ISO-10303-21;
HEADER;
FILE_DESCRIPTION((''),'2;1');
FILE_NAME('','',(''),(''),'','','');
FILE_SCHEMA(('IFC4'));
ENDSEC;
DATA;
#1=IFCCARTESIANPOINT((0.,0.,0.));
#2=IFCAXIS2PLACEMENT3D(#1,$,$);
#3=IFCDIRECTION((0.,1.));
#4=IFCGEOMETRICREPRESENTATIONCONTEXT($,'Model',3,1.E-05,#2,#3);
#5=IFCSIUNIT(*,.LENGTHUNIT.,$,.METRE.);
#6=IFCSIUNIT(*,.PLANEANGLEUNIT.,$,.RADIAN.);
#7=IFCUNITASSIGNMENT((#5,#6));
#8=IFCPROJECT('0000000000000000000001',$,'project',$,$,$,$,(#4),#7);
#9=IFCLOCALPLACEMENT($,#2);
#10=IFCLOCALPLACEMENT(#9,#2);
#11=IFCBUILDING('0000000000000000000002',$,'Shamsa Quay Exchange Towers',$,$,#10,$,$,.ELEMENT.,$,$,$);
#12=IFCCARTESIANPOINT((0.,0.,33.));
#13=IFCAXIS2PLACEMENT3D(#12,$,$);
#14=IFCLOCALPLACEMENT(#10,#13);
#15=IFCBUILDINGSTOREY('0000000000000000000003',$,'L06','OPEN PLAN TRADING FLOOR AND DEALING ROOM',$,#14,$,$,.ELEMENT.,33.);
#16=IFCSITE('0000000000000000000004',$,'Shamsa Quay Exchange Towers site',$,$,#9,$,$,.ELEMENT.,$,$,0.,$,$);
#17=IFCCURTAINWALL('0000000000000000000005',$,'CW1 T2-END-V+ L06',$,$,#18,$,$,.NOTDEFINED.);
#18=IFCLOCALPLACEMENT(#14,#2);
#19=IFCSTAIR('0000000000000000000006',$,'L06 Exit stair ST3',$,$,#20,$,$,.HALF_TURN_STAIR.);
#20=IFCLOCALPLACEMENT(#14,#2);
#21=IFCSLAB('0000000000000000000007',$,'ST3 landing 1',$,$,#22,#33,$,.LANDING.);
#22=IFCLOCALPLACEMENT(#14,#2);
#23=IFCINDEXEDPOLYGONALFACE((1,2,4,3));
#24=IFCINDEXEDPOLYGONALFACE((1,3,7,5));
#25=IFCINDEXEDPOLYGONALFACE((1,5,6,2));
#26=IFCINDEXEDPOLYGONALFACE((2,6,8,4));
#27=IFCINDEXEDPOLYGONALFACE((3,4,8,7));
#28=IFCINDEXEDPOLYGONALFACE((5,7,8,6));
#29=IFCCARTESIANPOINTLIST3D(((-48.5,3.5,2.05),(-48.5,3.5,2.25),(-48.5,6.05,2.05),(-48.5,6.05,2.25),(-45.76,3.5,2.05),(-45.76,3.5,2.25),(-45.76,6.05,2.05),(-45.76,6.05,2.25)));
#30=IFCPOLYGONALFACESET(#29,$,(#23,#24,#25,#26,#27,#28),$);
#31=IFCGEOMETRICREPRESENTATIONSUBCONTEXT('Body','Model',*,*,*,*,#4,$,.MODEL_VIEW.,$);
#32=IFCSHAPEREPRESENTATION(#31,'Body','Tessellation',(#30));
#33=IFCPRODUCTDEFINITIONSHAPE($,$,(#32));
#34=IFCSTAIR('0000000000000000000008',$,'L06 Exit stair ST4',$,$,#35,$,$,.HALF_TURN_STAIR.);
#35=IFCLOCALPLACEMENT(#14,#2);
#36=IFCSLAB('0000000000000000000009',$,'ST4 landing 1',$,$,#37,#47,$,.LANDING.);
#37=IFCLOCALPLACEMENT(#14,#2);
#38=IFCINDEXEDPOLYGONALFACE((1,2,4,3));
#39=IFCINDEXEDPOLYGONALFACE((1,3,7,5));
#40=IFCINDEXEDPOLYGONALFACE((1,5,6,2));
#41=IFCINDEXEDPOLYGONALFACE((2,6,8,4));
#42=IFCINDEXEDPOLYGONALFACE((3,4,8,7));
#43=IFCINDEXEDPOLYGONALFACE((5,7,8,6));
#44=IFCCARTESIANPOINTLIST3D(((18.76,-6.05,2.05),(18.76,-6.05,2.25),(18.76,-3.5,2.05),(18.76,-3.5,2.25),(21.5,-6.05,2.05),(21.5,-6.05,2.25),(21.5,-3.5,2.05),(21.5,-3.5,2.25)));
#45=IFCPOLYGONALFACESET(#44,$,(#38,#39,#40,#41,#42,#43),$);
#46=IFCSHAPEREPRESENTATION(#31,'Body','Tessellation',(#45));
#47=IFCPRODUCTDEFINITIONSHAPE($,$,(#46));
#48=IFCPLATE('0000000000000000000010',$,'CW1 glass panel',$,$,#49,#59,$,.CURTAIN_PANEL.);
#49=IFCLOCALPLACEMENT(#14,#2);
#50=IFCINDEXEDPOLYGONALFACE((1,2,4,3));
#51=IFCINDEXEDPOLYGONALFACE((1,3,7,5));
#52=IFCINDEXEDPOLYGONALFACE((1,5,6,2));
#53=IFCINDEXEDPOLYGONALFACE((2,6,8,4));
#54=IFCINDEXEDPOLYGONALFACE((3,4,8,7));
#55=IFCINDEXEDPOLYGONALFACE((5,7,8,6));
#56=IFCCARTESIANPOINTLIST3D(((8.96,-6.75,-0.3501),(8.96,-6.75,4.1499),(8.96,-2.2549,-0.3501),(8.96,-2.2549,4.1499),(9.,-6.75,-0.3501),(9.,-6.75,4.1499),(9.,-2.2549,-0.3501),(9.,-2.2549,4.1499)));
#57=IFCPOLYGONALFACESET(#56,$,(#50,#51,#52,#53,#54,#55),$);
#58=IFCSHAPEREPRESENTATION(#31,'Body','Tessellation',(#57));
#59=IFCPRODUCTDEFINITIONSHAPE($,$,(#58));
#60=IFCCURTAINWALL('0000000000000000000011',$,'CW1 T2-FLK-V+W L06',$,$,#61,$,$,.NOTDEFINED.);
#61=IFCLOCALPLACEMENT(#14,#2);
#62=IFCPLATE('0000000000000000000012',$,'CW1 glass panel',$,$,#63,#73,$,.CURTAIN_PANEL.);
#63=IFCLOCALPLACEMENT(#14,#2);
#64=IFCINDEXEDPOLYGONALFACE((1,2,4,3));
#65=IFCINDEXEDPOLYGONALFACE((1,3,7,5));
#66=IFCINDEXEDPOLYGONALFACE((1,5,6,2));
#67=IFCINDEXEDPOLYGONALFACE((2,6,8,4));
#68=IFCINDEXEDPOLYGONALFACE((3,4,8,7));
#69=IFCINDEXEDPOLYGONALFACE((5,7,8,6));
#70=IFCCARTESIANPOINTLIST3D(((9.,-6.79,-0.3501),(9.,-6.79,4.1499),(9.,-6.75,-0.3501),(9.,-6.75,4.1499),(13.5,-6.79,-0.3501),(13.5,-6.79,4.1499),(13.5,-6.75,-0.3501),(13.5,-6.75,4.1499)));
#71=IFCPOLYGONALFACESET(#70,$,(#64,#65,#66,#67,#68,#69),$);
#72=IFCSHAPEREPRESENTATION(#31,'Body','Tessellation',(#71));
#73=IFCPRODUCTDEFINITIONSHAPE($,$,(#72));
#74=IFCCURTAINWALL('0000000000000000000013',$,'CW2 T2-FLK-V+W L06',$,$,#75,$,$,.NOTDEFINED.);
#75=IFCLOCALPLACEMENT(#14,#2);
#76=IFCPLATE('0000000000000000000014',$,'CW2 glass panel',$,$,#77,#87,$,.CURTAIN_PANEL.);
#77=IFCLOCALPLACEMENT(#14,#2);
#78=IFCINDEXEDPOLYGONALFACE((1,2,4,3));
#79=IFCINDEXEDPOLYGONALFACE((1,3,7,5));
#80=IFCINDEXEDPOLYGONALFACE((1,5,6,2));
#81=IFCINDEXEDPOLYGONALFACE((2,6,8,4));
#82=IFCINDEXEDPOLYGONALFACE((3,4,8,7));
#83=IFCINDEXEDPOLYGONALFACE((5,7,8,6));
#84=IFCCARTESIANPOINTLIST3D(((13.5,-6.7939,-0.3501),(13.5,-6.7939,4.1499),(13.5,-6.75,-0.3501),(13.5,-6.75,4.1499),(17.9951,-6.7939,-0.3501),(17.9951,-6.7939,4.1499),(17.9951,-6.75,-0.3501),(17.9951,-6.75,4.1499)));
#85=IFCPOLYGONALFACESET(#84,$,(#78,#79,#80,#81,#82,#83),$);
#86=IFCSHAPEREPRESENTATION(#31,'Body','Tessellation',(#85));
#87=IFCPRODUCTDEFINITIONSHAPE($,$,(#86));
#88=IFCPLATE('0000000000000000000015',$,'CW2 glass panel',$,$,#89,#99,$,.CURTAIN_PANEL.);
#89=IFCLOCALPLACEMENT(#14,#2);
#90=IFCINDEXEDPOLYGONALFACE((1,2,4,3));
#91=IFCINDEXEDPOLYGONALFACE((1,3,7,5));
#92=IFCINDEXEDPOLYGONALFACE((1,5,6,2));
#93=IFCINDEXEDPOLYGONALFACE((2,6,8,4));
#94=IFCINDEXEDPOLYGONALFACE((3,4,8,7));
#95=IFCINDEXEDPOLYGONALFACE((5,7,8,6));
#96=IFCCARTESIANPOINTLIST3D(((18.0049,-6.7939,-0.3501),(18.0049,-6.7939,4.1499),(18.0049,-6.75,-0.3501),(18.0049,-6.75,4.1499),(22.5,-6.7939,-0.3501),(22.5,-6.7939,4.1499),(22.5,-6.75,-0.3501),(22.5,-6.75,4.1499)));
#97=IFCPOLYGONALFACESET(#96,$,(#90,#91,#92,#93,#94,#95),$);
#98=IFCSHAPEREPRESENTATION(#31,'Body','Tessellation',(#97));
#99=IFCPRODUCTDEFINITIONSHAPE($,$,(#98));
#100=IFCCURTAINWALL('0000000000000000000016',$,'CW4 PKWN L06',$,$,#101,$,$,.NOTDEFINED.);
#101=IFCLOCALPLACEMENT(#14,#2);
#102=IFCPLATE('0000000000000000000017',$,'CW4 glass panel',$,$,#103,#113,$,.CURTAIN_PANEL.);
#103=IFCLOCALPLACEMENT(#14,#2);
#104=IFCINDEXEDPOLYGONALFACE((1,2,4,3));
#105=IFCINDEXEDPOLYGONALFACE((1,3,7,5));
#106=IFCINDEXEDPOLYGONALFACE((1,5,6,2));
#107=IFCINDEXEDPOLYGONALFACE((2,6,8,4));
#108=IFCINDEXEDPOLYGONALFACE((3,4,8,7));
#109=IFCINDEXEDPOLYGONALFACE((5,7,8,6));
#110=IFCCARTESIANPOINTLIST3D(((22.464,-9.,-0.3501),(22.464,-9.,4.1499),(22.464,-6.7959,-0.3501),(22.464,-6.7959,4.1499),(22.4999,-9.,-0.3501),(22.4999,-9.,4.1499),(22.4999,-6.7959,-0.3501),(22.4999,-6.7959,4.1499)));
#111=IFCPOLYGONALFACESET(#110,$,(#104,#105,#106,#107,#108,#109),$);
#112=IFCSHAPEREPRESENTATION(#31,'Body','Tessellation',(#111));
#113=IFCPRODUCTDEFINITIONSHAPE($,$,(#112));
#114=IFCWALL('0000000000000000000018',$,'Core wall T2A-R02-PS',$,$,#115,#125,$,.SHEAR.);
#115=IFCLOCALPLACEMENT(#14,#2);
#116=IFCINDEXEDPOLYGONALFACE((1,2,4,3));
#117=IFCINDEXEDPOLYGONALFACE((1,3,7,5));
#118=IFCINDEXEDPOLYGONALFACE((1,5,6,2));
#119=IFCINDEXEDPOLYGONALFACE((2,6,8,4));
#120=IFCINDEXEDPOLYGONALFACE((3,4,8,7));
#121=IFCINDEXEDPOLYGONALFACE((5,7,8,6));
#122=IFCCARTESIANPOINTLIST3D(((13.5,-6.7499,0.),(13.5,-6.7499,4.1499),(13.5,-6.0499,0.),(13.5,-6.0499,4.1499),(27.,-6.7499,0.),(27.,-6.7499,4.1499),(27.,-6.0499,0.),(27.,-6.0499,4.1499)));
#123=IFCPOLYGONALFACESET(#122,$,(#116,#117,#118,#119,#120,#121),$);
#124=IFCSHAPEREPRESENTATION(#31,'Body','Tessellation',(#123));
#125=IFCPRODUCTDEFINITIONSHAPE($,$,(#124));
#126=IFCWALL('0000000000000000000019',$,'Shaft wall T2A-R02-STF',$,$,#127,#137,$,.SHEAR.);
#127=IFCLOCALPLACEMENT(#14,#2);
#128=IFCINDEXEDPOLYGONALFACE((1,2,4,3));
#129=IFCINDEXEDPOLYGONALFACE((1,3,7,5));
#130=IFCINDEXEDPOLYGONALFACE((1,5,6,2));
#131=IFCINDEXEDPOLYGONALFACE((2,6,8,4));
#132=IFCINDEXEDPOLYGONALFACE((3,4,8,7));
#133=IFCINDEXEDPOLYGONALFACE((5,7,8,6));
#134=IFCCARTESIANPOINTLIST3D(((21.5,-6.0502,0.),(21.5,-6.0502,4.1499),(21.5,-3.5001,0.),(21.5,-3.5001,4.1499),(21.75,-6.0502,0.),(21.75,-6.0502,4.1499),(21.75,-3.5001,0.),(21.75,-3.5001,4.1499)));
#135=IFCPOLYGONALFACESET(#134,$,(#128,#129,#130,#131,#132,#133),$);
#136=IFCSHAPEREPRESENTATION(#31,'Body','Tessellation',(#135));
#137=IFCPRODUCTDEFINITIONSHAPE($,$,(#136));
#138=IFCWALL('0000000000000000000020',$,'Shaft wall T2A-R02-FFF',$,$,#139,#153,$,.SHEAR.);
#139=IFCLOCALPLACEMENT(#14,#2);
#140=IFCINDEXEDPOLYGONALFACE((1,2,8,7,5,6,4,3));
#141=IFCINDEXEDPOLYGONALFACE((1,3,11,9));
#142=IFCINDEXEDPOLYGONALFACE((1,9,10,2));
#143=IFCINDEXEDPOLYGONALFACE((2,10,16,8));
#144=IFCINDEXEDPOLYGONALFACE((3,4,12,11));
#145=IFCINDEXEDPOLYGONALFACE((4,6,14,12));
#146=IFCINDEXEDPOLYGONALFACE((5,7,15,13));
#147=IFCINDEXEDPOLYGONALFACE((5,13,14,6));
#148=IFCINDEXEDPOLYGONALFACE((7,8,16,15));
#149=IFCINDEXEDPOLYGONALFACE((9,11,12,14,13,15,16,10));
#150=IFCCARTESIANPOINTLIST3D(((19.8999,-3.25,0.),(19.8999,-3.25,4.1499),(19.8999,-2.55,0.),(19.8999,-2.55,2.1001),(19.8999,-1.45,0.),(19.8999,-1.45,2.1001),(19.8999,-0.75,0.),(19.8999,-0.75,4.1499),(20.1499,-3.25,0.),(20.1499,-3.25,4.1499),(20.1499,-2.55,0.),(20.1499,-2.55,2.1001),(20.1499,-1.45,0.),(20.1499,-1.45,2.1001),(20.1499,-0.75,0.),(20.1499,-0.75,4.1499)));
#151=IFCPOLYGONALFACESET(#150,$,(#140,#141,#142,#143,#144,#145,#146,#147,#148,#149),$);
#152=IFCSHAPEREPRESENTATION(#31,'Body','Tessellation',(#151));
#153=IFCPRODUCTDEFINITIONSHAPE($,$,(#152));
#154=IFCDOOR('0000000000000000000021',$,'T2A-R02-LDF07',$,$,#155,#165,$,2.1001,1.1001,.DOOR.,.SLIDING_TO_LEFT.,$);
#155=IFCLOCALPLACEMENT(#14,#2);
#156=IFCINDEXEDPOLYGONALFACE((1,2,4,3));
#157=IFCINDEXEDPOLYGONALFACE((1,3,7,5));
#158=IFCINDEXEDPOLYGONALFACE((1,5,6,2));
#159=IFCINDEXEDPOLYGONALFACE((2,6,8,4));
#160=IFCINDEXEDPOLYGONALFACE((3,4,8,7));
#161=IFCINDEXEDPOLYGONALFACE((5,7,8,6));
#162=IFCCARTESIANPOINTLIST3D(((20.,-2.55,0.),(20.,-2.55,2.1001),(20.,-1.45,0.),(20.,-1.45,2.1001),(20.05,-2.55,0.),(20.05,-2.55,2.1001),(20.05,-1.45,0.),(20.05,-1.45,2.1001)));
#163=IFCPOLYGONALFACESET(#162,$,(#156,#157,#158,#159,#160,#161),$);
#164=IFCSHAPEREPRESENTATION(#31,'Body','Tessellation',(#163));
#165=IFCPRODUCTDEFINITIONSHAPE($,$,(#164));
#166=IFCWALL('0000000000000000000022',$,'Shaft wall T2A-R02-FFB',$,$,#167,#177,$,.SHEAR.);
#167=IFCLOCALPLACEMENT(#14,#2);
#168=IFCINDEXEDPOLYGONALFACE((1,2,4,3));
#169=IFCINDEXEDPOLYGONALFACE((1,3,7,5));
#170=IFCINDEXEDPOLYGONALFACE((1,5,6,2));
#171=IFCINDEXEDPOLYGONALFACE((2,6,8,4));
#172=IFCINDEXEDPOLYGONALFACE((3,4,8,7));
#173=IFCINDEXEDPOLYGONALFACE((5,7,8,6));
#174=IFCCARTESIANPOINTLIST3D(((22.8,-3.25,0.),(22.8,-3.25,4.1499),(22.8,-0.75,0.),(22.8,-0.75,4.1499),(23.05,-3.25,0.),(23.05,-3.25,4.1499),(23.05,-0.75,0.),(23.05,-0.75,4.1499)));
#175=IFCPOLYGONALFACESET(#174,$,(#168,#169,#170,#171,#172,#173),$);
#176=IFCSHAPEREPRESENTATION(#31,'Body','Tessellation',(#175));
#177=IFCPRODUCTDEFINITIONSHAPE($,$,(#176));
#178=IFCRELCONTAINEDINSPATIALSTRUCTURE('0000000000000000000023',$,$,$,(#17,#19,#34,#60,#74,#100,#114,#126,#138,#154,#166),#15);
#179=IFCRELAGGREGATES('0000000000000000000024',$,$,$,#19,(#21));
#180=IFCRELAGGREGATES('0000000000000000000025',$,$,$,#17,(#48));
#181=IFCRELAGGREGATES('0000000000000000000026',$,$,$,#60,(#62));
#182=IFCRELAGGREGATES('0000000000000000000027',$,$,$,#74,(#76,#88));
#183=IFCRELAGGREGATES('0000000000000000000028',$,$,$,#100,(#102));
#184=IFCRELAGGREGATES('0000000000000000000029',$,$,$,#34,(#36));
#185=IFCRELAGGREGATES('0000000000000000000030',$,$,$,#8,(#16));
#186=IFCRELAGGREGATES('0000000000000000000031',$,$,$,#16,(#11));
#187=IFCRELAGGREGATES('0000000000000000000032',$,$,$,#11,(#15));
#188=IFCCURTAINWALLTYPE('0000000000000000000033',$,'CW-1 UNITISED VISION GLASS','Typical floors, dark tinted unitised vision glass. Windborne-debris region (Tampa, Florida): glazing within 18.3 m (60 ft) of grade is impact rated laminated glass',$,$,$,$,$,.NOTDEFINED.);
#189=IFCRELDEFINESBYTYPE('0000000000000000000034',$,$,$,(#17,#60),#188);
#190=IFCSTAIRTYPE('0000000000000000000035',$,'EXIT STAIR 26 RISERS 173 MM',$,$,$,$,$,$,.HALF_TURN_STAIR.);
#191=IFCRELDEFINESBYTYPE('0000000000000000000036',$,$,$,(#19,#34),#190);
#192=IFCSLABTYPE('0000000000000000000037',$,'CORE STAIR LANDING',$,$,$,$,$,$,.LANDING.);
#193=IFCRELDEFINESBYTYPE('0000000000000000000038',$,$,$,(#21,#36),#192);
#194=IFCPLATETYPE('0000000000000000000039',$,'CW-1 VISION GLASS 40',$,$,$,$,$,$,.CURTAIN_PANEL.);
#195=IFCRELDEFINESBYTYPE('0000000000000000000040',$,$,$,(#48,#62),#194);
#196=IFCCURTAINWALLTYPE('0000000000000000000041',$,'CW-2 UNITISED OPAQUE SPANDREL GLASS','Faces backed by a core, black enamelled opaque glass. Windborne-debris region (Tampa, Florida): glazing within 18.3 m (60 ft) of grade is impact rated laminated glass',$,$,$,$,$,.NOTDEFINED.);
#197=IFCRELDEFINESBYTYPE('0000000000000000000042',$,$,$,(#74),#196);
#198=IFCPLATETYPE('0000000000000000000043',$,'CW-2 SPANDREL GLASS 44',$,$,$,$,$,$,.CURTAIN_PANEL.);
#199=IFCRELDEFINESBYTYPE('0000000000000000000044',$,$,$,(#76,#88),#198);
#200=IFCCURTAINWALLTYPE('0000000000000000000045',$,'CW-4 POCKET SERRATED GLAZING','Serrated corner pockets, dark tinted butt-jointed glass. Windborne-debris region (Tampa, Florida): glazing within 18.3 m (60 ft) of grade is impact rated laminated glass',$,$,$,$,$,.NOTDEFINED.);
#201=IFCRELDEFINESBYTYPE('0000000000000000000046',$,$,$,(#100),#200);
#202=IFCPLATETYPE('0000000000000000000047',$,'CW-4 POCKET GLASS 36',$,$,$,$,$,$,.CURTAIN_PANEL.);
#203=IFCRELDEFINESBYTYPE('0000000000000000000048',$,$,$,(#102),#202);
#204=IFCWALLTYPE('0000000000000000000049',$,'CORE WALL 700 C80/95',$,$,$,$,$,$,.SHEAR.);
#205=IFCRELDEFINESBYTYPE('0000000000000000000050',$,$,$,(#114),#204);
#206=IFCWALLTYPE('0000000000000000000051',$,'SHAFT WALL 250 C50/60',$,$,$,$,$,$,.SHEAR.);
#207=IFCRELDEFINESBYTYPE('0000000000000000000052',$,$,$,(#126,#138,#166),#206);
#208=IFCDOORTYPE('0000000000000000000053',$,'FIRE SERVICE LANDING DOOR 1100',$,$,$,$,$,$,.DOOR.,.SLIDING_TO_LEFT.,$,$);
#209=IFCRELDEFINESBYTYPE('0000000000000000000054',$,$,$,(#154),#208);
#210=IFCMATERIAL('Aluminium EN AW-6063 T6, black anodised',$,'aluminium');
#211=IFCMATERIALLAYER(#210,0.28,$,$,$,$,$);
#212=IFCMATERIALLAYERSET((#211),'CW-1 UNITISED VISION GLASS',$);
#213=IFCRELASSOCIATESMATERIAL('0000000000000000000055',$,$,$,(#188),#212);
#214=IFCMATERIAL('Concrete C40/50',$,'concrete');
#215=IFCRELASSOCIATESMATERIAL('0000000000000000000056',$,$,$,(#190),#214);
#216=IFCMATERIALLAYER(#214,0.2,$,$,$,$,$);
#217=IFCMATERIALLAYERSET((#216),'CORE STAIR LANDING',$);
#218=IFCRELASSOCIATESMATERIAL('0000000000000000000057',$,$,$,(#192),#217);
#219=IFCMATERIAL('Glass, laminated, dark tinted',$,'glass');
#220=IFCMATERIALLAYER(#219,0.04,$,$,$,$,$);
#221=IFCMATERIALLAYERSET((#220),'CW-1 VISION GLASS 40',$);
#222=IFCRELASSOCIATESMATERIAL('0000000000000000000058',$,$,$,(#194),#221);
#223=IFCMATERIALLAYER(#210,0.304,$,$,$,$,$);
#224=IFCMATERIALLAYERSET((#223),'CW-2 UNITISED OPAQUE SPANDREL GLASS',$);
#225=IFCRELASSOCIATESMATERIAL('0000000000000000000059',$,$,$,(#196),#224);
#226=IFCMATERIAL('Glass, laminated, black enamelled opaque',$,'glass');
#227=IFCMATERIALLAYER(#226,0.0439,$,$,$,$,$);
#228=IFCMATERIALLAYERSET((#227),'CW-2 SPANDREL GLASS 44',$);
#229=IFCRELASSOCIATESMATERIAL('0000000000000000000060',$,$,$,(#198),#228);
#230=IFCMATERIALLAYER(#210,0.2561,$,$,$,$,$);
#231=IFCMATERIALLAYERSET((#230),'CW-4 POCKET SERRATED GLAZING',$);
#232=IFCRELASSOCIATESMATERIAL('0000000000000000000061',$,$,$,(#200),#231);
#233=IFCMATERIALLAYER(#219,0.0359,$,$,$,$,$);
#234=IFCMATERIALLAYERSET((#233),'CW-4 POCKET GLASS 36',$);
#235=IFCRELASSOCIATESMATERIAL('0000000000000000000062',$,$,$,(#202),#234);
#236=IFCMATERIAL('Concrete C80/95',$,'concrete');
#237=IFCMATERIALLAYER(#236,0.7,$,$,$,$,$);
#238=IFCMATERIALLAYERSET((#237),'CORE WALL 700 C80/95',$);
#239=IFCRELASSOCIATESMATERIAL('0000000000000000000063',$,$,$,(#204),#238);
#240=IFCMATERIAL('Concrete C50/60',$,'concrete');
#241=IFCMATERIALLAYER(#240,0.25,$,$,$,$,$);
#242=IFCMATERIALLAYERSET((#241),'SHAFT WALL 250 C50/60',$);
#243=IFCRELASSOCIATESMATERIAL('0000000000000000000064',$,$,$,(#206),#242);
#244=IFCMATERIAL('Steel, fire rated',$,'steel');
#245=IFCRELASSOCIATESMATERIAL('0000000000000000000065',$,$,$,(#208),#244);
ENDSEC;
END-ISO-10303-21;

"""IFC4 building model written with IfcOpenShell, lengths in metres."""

from ifc_helpers import new_model, si_unit, direction, frame, frame_2d, origin, origin_2d, place, context, subcontext, project, spatial, polyline, rectangle, outline, extrude, material, layer, layer_set, type_object, element, fill, aggregate, save


model = new_model("IFC4")

# Units and contexts
model_context = context("Model", 3, precision=1e-05, world=origin(), true_north=direction((0.0, 1.0)))
body_context = subcontext(model_context, "Body", "Model", "MODEL_VIEW")
ifc_project = project(units=[si_unit("LENGTHUNIT", "METRE"), si_unit("PLANEANGLEUNIT", "RADIAN")], contexts=[model_context])

# Site, building, storey
site_placement = place(None, origin())
site = spatial("IfcSite", under=ifc_project, at=site_placement, Name="Shamsa Quay Exchange Towers site", CompositionType="ELEMENT", RefElevation=0.0)
building_placement = place(site_placement, origin())
building = spatial("IfcBuilding", under=site, at=building_placement, Name="Shamsa Quay Exchange Towers", CompositionType="ELEMENT")
storey_placement = place(building_placement, frame((0.0, 0.0, 33.0)))
storey = spatial("IfcBuildingStorey", under=building, at=storey_placement, Name="L06", Description="OPEN PLAN TRADING FLOOR AND DEALING ROOM", CompositionType="ELEMENT", Elevation=33.0)

# Curtain wall
ifc_material_1 = material(Name="Aluminium EN AW-6063 T6, black anodised", Category="aluminium")
ifc_layer_1 = layer(ifc_material_1, 0.28)
ifc_layer_set_1 = layer_set([ifc_layer_1], Name="CW-1 UNITISED VISION GLASS")
curtain_wall_type_1 = type_object("IfcCurtainWallType", Name="CW-1 UNITISED VISION GLASS", Description="Typical floors, dark tinted unitised vision glass. Windborne-debris region (Tampa, Florida): glazing within 18.3 m (60 ft) of grade is impact rated laminated glass", PredefinedType="NOTDEFINED", material=ifc_layer_set_1)
curtain_wall_1_placement = place(storey_placement, origin())
curtain_wall_1 = element("IfcCurtainWall", 1, at=curtain_wall_1_placement, inside=storey, type_object=curtain_wall_type_1, Name="CW1 T2-END-V+ L06", PredefinedType="NOTDEFINED")

# Shared definitions
ifc_material_2 = material(Name="Concrete C50/60", Category="concrete")

# Stairs, slabs
ifc_material_3 = material(Name="Concrete C40/50", Category="concrete")
stair_type = type_object("IfcStairType", Name="EXIT STAIR 26 RISERS 173 MM", PredefinedType="HALF_TURN_STAIR", material=ifc_material_3)
stair_1_placement = place(storey_placement, origin())
stair_1 = element("IfcStair", 2, at=stair_1_placement, inside=storey, type_object=stair_type, Name="L06 Exit stair ST3", PredefinedType="HALF_TURN_STAIR")
ifc_layer_2 = layer(ifc_material_3, 0.2)
ifc_layer_set_2 = layer_set([ifc_layer_2], Name="CORE STAIR LANDING")
slab_type_1 = type_object("IfcSlabType", Name="CORE STAIR LANDING", PredefinedType="LANDING", material=ifc_layer_set_2)
slab_1_placement = place(storey_placement, frame((0.0, 0.0, 2.05)))
slab_1 = element("IfcSlab", 3, at=slab_1_placement, type_object=slab_type_1, Name="ST3 landing 1", PredefinedType="LANDING", context=body_context, shape_type="SweptSolid", body=[
    extrude(outline(polyline([(-45.76, 6.05), (-48.5, 6.05), (-48.5, 3.5), (-45.76, 3.5), (-45.76, 6.05)])), origin(), (0.0, 0.0, 1.0), 0.2),
])
aggregate(stair_1, [slab_1])
stair_2_placement = place(storey_placement, origin())
stair_2 = element("IfcStair", 4, at=stair_2_placement, inside=storey, type_object=stair_type, Name="L06 Exit stair ST4", PredefinedType="HALF_TURN_STAIR")
slab_2_placement = place(storey_placement, frame((0.0, 0.0, 2.05)))
slab_2 = element("IfcSlab", 5, at=slab_2_placement, type_object=slab_type_1, Name="ST4 landing 1", PredefinedType="LANDING", context=body_context, shape_type="SweptSolid", body=[
    extrude(outline(polyline([(18.76, -6.05), (21.5, -6.05), (21.5, -3.5), (18.76, -3.5), (18.76, -6.05)])), origin(), (0.0, 0.0, 1.0), 0.2),
])

# Plate
ifc_material_4 = material(Name="Glass, laminated, dark tinted", Category="glass")
ifc_layer_3 = layer(ifc_material_4, 0.04)
ifc_layer_set_3 = layer_set([ifc_layer_3], Name="CW-1 VISION GLASS 40")
plate_type_1 = type_object("IfcPlateType", Name="CW-1 VISION GLASS 40", PredefinedType="CURTAIN_PANEL", material=ifc_layer_set_3)
plate_1_placement = place(storey_placement, frame((8.98, -4.5024, -0.3501), z_axis=(0.0, 0.0, 1.0), x_axis=(0.0, -1.0, 0.0)))
plate_1 = element("IfcPlate", 6, at=plate_1_placement, type_object=plate_type_1, Name="CW1 glass panel", PredefinedType="CURTAIN_PANEL", context=body_context, shape_type="SweptSolid", body=[
    extrude(rectangle(XDim=4.4951, YDim=0.04, at=origin_2d()), origin(), (0.0, 0.0, 1.0), 4.5),
])
aggregate(curtain_wall_1, [plate_1])

# Curtain wall, plate
curtain_wall_2_placement = place(storey_placement, origin())
curtain_wall_2 = element("IfcCurtainWall", 7, at=curtain_wall_2_placement, inside=storey, type_object=curtain_wall_type_1, Name="CW1 T2-FLK-V+W L06", PredefinedType="NOTDEFINED")
plate_2_placement = place(storey_placement, frame((11.25, -6.77, -0.3501)))
plate_2 = element("IfcPlate", 8, at=plate_2_placement, type_object=plate_type_1, Name="CW1 glass panel", PredefinedType="CURTAIN_PANEL", context=body_context, shape_type="SweptSolid", body=[
    extrude(rectangle(XDim=4.5, YDim=0.04, at=origin_2d()), origin(), (0.0, 0.0, 1.0), 4.5),
])
aggregate(curtain_wall_2, [plate_2])

# Curtain wall, plates
ifc_layer_4 = layer(ifc_material_1, 0.304)
ifc_layer_set_4 = layer_set([ifc_layer_4], Name="CW-2 UNITISED OPAQUE SPANDREL GLASS")
curtain_wall_type_2 = type_object("IfcCurtainWallType", Name="CW-2 UNITISED OPAQUE SPANDREL GLASS", Description="Faces backed by a core, black enamelled opaque glass. Windborne-debris region (Tampa, Florida): glazing within 18.3 m (60 ft) of grade is impact rated laminated glass", PredefinedType="NOTDEFINED", material=ifc_layer_set_4)
curtain_wall_3_placement = place(storey_placement, origin())
curtain_wall_3 = element("IfcCurtainWall", 9, at=curtain_wall_3_placement, inside=storey, type_object=curtain_wall_type_2, Name="CW2 T2-FLK-V+W L06", PredefinedType="NOTDEFINED")
ifc_material_5 = material(Name="Glass, laminated, black enamelled opaque", Category="glass")
ifc_layer_5 = layer(ifc_material_5, 0.0439)
ifc_layer_set_5 = layer_set([ifc_layer_5], Name="CW-2 SPANDREL GLASS 44")
plate_type_2 = type_object("IfcPlateType", Name="CW-2 SPANDREL GLASS 44", PredefinedType="CURTAIN_PANEL", material=ifc_layer_set_5)
plate_3_placement = place(storey_placement, frame((15.7476, -6.772, -0.3501)))
plate_3 = element("IfcPlate", 10, at=plate_3_placement, type_object=plate_type_2, Name="CW2 glass panel", PredefinedType="CURTAIN_PANEL", context=body_context, shape_type="SweptSolid", body=[
    extrude(rectangle(XDim=4.4951, YDim=0.0439, at=origin_2d()), origin(), (0.0, 0.0, 1.0), 4.5),
])
plate_4_placement = place(storey_placement, frame((20.2524, -6.772, -0.3501)))
plate_4 = element("IfcPlate", 11, at=plate_4_placement, type_object=plate_type_2, Name="CW2 glass panel", PredefinedType="CURTAIN_PANEL", context=body_context, shape_type="SweptSolid", body=[
    extrude(rectangle(XDim=4.4951, YDim=0.0439, at=origin_2d()), origin(), (0.0, 0.0, 1.0), 4.5),
])
aggregate(curtain_wall_3, [plate_3, plate_4])

# Curtain wall, plate
ifc_layer_6 = layer(ifc_material_1, 0.2561)
ifc_layer_set_6 = layer_set([ifc_layer_6], Name="CW-4 POCKET SERRATED GLAZING")
curtain_wall_type_3 = type_object("IfcCurtainWallType", Name="CW-4 POCKET SERRATED GLAZING", Description="Serrated corner pockets, dark tinted butt-jointed glass. Windborne-debris region (Tampa, Florida): glazing within 18.3 m (60 ft) of grade is impact rated laminated glass", PredefinedType="NOTDEFINED", material=ifc_layer_set_6)
curtain_wall_4_placement = place(storey_placement, origin())
curtain_wall_4 = element("IfcCurtainWall", 12, at=curtain_wall_4_placement, inside=storey, type_object=curtain_wall_type_3, Name="CW4 PKWN L06", PredefinedType="NOTDEFINED")
ifc_layer_7 = layer(ifc_material_4, 0.0359)
ifc_layer_set_7 = layer_set([ifc_layer_7], Name="CW-4 POCKET GLASS 36")
plate_type_3 = type_object("IfcPlateType", Name="CW-4 POCKET GLASS 36", PredefinedType="CURTAIN_PANEL", material=ifc_layer_set_7)
plate_5_placement = place(storey_placement, frame((22.4819, -7.8979, -0.3501), z_axis=(0.0, 0.0, 1.0), x_axis=(0.0, -1.0, 0.0)))
plate_5 = element("IfcPlate", 13, at=plate_5_placement, type_object=plate_type_3, Name="CW4 glass panel", PredefinedType="CURTAIN_PANEL", context=body_context, shape_type="SweptSolid", body=[
    extrude(rectangle(XDim=2.2041, YDim=0.0359, at=origin_2d()), origin(), (0.0, 0.0, 1.0), 4.5),
])
aggregate(curtain_wall_4, [plate_5])

# Walls
ifc_material_6 = material(Name="Concrete C80/95", Category="concrete")
ifc_layer_8 = layer(ifc_material_6, 0.7)
ifc_layer_set_8 = layer_set([ifc_layer_8], Name="CORE WALL 700 C80/95")
wall_type_1 = type_object("IfcWallType", Name="CORE WALL 700 C80/95", PredefinedType="SHEAR", material=ifc_layer_set_8)
wall_1_placement = place(storey_placement, frame((13.5, -6.3999, 0.0)))
element("IfcWall", 14, at=wall_1_placement, inside=storey, type_object=wall_type_1, Name="Core wall T2A-R02-PS", PredefinedType="SHEAR", context=body_context, shape_type="SweptSolid", body=[
    extrude(rectangle(XDim=13.5, YDim=0.7, at=frame_2d((6.75, 0.0))), origin(), (0.0, 0.0, 1.0), 4.1499),
])
ifc_layer_9 = layer(ifc_material_2, 0.25)
ifc_layer_set_9 = layer_set([ifc_layer_9], Name="SHAFT WALL 250 C50/60")
wall_type_2 = type_object("IfcWallType", Name="SHAFT WALL 250 C50/60", PredefinedType="SHEAR", material=ifc_layer_set_9)
wall_2_placement = place(storey_placement, frame((21.625, -6.05, 0.0), z_axis=(0.0, 0.0, 1.0), x_axis=(0.0, 1.0, 0.0)))
element("IfcWall", 15, at=wall_2_placement, inside=storey, type_object=wall_type_2, Name="Shaft wall T2A-R02-STF", PredefinedType="SHEAR", context=body_context, shape_type="SweptSolid", body=[
    extrude(rectangle(XDim=2.55, YDim=0.25, at=frame_2d((1.2749, 0.0))), origin(), (0.0, 0.0, 1.0), 4.1499),
])

# Wall, opening, door
wall_3_placement = place(storey_placement, frame((20.0249, -3.25, 0.0), z_axis=(0.0, 0.0, 1.0), x_axis=(0.0, 1.0, 0.0)))
wall_3 = element("IfcWall", 16, at=wall_3_placement, inside=storey, type_object=wall_type_2, Name="Shaft wall T2A-R02-FFF", PredefinedType="SHEAR", context=body_context, shape_type="SweptSolid", body=[
    extrude(rectangle(XDim=2.5, YDim=0.25, at=frame_2d((1.25, 0.0))), origin(), (0.0, 0.0, 1.0), 4.1499),
])
opening_placement = place(wall_3_placement, frame((0.7, 0.0, 0.0)))
opening = element("IfcOpeningElement", 17, at=opening_placement, cuts=wall_3, PredefinedType="OPENING", context=body_context, shape_type="SweptSolid", body=[
    extrude(rectangle(XDim=1.1001, YDim=2.1001, at=frame_2d((0.55, 1.05))), frame((0.0, 0.135, 0.0), z_axis=(0.0, -1.0, 0.0), x_axis=(1.0, 0.0, 0.0)), (0.0, 0.0, 1.0), 0.27),
])
ifc_material_7 = material(Name="Steel, fire rated", Category="steel")
door_type = type_object("IfcDoorType", Name="FIRE SERVICE LANDING DOOR 1100", OperationType="SLIDING_TO_LEFT", PredefinedType="DOOR", material=ifc_material_7)
door_placement = place(opening_placement, origin())
door = element("IfcDoor", 18, at=door_placement, inside=storey, type_object=door_type, Name="T2A-R02-LDF07", OperationType="SLIDING_TO_LEFT", OverallHeight=2.1001, OverallWidth=1.1001, PredefinedType="DOOR", context=body_context, shape_type="SweptSolid", body=[
    extrude(rectangle(XDim=1.1001, YDim=2.1001, at=frame_2d((0.55, 1.05))), frame((0.0, 0.0249, 0.0), z_axis=(0.0, -1.0, 0.0), x_axis=(1.0, 0.0, 0.0)), (0.0, 0.0, 1.0), 0.05),
])
fill(opening, door)

# Wall
wall_4_placement = place(storey_placement, frame((22.925, -3.25, 0.0), z_axis=(0.0, 0.0, 1.0), x_axis=(0.0, 1.0, 0.0)))
element("IfcWall", 19, at=wall_4_placement, inside=storey, type_object=wall_type_2, Name="Shaft wall T2A-R02-FFB", PredefinedType="SHEAR", context=body_context, shape_type="SweptSolid", body=[
    extrude(rectangle(XDim=2.5, YDim=0.25, at=frame_2d((1.25, 0.0))), origin(), (0.0, 0.0, 1.0), 4.1499),
])

aggregate(stair_2, [slab_2])

save(model, "model.ifc")
